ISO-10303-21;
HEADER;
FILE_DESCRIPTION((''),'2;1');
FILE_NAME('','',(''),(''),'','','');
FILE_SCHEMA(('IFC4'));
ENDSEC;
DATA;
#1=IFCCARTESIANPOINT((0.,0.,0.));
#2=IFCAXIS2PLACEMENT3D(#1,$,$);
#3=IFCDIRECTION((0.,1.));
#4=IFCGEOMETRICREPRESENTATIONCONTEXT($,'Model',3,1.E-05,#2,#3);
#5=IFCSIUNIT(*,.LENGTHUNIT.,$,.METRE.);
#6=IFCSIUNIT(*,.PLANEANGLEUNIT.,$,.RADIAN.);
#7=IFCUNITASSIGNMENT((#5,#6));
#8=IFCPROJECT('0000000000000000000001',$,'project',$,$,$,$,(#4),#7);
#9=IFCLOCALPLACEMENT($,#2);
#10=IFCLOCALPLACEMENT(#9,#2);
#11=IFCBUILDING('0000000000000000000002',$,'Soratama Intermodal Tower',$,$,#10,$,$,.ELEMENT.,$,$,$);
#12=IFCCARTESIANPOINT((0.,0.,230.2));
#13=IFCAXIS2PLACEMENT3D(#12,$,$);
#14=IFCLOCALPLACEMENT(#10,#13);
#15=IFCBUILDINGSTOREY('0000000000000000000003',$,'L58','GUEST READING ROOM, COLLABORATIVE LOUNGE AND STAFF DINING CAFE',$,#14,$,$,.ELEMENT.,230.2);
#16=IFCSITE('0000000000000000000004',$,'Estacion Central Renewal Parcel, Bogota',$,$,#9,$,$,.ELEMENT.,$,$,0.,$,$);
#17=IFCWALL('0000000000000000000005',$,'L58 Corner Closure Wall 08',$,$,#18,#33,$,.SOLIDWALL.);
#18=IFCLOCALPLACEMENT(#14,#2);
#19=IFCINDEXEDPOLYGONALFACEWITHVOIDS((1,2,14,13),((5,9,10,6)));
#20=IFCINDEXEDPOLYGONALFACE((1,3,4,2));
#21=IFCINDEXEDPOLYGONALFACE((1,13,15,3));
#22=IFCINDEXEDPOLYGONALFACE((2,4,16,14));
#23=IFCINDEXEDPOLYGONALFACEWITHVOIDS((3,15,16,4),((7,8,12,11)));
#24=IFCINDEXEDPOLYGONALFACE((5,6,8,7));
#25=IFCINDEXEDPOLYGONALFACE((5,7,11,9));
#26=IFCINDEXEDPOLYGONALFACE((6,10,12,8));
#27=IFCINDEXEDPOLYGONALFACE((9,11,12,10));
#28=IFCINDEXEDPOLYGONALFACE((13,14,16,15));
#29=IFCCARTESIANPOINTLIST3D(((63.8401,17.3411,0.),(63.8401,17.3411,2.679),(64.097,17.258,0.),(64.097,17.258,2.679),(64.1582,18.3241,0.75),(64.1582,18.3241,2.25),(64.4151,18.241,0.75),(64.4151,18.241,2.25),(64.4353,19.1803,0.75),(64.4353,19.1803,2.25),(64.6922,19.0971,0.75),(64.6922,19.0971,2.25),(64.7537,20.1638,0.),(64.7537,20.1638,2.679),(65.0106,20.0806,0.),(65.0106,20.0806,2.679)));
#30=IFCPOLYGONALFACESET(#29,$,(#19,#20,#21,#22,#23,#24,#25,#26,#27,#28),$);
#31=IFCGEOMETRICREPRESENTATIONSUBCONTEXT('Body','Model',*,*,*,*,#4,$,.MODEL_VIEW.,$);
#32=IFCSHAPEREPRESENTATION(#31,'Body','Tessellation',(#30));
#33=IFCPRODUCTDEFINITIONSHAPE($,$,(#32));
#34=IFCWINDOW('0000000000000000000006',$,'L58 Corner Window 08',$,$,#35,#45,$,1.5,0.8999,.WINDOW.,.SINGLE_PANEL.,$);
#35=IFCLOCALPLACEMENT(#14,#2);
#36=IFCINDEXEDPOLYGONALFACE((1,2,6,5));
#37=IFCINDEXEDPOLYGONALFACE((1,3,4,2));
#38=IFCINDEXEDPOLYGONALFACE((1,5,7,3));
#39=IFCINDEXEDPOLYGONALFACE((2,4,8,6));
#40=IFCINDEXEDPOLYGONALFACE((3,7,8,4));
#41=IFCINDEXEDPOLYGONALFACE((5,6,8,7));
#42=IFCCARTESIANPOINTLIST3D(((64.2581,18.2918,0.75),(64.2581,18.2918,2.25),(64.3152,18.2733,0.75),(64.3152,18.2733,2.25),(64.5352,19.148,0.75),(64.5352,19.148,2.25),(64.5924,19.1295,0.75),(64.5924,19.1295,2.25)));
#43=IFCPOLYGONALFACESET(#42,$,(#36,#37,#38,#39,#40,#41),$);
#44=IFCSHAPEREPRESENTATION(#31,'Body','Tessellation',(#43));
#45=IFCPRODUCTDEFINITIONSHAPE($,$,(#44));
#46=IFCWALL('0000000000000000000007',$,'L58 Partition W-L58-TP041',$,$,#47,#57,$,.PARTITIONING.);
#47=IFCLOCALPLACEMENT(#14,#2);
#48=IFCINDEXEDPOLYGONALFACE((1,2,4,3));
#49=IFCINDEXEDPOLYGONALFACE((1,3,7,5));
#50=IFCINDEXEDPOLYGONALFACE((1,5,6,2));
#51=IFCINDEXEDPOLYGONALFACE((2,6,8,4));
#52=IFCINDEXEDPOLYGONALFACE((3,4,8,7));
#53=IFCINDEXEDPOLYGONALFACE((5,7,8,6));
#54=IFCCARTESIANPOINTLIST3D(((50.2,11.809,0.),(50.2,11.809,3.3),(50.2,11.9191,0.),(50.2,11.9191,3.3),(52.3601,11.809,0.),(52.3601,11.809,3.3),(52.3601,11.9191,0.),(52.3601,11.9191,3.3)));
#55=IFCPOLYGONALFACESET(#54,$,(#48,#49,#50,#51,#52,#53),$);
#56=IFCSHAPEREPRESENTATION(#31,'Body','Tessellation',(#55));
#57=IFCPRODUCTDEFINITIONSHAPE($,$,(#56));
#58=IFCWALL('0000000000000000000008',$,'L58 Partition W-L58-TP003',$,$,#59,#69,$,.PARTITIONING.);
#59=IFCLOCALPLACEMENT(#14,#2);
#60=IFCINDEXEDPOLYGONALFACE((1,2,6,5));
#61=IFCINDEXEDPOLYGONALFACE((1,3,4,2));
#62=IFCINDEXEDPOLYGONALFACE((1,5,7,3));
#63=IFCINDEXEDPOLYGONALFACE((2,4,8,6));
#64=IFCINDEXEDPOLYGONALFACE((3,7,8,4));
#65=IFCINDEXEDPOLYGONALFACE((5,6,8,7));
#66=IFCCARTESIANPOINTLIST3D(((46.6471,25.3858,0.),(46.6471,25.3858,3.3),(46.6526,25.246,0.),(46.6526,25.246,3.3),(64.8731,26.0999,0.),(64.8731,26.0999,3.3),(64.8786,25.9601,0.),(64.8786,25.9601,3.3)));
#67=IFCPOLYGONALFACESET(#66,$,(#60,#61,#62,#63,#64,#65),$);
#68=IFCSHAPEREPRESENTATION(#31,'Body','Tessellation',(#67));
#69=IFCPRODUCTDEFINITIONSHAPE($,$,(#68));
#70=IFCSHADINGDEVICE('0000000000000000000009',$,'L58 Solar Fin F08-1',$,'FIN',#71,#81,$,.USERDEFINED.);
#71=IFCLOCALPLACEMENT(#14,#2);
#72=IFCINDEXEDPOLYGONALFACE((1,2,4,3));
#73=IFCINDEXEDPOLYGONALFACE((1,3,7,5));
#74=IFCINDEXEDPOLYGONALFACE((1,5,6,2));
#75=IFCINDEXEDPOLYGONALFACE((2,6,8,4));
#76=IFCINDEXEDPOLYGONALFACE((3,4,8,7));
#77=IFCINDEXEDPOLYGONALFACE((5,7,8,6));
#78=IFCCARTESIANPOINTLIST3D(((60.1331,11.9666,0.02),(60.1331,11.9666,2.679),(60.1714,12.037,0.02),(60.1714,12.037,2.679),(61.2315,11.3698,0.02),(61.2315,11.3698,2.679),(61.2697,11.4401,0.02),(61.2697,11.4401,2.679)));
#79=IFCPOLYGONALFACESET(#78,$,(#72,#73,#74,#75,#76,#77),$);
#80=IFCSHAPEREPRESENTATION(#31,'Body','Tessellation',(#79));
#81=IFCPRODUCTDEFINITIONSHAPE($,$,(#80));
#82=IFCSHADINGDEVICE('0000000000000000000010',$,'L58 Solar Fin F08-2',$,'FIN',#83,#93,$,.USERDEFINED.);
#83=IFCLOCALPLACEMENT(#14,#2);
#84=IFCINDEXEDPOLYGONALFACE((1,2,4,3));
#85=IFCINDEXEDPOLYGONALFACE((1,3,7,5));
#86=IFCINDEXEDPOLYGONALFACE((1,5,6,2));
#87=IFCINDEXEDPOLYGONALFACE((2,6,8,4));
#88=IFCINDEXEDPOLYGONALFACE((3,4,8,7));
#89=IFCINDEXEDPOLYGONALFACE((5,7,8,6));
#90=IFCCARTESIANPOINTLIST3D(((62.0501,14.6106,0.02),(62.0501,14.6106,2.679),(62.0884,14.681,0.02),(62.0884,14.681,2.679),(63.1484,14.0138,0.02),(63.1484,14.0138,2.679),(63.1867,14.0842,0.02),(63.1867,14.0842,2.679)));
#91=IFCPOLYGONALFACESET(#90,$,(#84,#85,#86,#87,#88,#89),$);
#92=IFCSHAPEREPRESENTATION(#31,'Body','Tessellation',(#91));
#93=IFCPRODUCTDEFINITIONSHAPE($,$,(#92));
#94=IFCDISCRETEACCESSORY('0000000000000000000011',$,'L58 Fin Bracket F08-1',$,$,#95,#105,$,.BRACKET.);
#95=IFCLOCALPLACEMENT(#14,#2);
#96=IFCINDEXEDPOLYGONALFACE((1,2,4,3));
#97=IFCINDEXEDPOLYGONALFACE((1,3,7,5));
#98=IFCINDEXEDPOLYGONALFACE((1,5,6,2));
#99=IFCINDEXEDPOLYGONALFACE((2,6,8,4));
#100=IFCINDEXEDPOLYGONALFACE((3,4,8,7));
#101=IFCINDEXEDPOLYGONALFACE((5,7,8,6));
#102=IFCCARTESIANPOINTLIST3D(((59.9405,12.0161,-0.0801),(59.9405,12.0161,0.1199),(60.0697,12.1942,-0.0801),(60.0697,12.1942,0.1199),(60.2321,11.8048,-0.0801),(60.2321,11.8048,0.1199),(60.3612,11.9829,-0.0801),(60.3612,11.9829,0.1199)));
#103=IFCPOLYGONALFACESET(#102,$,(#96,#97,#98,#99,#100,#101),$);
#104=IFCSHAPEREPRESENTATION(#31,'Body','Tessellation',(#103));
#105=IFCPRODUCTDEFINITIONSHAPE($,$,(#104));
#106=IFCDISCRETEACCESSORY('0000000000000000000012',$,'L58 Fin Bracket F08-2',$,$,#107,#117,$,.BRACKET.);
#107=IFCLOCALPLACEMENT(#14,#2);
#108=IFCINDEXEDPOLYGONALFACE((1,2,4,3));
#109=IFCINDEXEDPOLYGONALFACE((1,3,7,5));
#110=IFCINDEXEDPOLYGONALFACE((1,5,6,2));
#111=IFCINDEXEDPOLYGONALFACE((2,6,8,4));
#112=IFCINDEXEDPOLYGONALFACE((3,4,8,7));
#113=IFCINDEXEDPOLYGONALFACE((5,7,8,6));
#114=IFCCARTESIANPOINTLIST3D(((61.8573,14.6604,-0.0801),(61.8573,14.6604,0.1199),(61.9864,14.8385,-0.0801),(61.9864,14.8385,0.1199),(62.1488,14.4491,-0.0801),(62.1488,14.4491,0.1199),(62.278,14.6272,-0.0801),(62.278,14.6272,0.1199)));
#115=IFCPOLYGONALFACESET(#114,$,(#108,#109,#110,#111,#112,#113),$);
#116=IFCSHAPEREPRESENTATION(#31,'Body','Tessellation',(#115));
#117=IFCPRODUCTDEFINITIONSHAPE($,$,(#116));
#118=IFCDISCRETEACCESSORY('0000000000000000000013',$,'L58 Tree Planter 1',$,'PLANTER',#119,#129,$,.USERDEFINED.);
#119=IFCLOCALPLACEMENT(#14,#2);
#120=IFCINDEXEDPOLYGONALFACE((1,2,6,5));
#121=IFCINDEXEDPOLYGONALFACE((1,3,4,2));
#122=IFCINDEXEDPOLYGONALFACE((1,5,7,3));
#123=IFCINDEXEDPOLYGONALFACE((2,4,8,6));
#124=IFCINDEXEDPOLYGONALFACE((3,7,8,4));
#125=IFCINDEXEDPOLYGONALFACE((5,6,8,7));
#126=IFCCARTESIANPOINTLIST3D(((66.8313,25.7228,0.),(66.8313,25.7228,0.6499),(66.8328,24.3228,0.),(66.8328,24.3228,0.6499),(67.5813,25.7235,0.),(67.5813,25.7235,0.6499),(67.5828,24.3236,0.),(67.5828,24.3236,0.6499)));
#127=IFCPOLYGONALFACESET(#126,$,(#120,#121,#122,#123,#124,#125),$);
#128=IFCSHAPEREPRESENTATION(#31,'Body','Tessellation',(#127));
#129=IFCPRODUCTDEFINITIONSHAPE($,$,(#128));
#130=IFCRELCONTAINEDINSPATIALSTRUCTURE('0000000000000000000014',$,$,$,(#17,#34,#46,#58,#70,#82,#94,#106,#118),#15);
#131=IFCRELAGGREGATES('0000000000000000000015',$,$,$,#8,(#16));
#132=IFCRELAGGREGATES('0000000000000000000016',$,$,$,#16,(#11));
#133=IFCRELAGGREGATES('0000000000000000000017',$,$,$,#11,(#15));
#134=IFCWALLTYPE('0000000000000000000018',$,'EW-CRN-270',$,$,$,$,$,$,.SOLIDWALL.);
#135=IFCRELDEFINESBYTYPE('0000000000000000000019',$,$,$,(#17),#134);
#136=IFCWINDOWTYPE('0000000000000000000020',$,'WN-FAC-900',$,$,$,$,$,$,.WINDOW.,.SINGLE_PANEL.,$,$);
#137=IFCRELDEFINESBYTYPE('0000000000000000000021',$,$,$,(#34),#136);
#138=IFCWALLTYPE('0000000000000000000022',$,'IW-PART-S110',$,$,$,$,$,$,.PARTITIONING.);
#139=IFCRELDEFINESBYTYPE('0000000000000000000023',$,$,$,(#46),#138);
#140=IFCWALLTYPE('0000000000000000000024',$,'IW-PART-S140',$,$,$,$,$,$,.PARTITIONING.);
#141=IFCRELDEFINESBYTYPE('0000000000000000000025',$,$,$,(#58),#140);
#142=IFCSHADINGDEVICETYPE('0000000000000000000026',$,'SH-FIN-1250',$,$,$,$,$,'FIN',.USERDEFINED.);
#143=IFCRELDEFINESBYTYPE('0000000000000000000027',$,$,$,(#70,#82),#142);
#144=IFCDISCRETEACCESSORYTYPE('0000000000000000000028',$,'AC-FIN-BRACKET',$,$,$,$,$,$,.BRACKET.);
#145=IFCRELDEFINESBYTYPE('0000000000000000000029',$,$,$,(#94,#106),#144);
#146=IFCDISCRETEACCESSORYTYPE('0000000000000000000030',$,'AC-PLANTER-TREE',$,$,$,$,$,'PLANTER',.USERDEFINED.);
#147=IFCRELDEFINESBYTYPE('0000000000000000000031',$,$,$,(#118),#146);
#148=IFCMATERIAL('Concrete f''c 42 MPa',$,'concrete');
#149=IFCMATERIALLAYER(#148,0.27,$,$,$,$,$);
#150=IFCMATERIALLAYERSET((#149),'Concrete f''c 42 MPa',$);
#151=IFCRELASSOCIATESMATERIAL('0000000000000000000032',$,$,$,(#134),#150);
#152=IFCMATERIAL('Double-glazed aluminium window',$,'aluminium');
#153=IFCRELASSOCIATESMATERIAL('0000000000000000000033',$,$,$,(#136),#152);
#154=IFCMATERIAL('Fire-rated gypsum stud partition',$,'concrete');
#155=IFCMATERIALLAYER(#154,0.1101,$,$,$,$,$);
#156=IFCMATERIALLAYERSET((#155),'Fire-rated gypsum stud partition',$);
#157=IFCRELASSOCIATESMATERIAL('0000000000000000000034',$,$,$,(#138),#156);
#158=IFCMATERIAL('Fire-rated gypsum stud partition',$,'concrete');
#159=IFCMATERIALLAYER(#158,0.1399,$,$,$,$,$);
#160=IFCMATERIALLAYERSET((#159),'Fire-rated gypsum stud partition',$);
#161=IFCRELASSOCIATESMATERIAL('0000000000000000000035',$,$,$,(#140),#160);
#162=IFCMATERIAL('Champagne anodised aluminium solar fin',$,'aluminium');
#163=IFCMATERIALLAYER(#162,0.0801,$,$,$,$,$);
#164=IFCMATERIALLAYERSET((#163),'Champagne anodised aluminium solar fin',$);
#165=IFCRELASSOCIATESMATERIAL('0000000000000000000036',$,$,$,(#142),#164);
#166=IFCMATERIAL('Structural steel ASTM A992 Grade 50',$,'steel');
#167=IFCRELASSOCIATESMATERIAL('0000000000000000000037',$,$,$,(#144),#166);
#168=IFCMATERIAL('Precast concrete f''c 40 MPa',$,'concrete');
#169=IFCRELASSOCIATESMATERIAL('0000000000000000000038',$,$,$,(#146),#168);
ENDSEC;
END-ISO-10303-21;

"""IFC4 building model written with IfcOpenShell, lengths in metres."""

from ifc_helpers import new_model, si_unit, direction, frame, frame_2d, origin, origin_2d, place, context, subcontext, project, spatial, rectangle, extrude, material, layer, layer_set, type_object, element, fill, save


model = new_model("IFC4")

# Units and contexts
model_context = context("Model", 3, precision=1e-05, world=origin(), true_north=direction((0.0, 1.0)))
body_context = subcontext(model_context, "Body", "Model", "MODEL_VIEW")
ifc_project = project(units=[si_unit("LENGTHUNIT", "METRE"), si_unit("PLANEANGLEUNIT", "RADIAN")], contexts=[model_context])

# Site, building, storey
site_placement = place(None, origin())
site = spatial("IfcSite", under=ifc_project, at=site_placement, Name="Estacion Central Renewal Parcel, Bogota", CompositionType="ELEMENT", RefElevation=0.0)
building_placement = place(site_placement, origin())
building = spatial("IfcBuilding", under=site, at=building_placement, Name="Soratama Intermodal Tower", CompositionType="ELEMENT")
storey_placement = place(building_placement, frame((0.0, 0.0, 230.2)))
storey = spatial("IfcBuildingStorey", under=building, at=storey_placement, Name="L58", Description="GUEST READING ROOM, COLLABORATIVE LOUNGE AND STAFF DINING CAFE", CompositionType="ELEMENT", Elevation=230.2)

# Wall, opening, window
ifc_material_1 = material(Name="Concrete f'c 42 MPa", Category="concrete")
ifc_layer_1 = layer(ifc_material_1, 0.27)
ifc_layer_set_1 = layer_set([ifc_layer_1], Name="Concrete f'c 42 MPa")
wall_type_1 = type_object("IfcWallType", Name="EW-CRN-270", PredefinedType="SOLIDWALL", material=ifc_layer_set_1)
wall_1_placement = place(storey_placement, frame((63.9685, 17.2996, 0.0), z_axis=(0.0, 0.0, 1.0), x_axis=(0.307945, 0.951404, 0.0)))
wall_1 = element("IfcWall", 1, at=wall_1_placement, inside=storey, type_object=wall_type_1, Name="L58 Corner Closure Wall 08", PredefinedType="SOLIDWALL", context=body_context, shape_type="SweptSolid", body=[
    extrude(rectangle(XDim=2.9668, YDim=0.27, at=frame_2d((1.4834, 0.0))), origin(), (0.0, 0.0, 1.0), 2.679),
])
opening_1_placement = place(wall_1_placement, frame((1.0332, 0.0, 0.75)))
opening_1 = element("IfcOpeningElement", 2, at=opening_1_placement, cuts=wall_1, PredefinedType="OPENING", context=body_context, shape_type="SweptSolid", body=[
    extrude(rectangle(XDim=0.8999, YDim=1.5, at=frame_2d((0.45, 0.75))), frame((0.0, 0.145, 0.0), z_axis=(0.0, -1.0, 0.0), x_axis=(1.0, 0.0, 0.0)), (0.0, 0.0, 1.0), 0.29),
])
ifc_material_2 = material(Name="Double-glazed aluminium window", Category="aluminium")
window_type_1 = type_object("IfcWindowType", Name="WN-FAC-900", PartitioningType="SINGLE_PANEL", PredefinedType="WINDOW", material=ifc_material_2)
window_1_placement = place(opening_1_placement, origin())
window_1 = element("IfcWindow", 3, at=window_1_placement, inside=storey, type_object=window_type_1, Name="L58 Corner Window 08", OverallHeight=1.5, OverallWidth=0.8999, PartitioningType="SINGLE_PANEL", PredefinedType="WINDOW", context=body_context, shape_type="SweptSolid", body=[
    extrude(rectangle(XDim=0.8999, YDim=1.5, at=frame_2d((0.45, 0.75))), frame((0.0, 0.03, 0.0), z_axis=(0.0, -1.0, 0.0), x_axis=(1.0, 0.0, 0.0)), (0.0, 0.0, 1.0), 0.0601),
])
fill(opening_1, window_1)

# Walls
ifc_material_3 = material(Name="Fire-rated gypsum stud partition", Category="concrete")
ifc_layer_2 = layer(ifc_material_3, 0.1101)
ifc_layer_set_2 = layer_set([ifc_layer_2], Name="Fire-rated gypsum stud partition")
wall_type_2 = type_object("IfcWallType", Name="IW-PART-S110", PredefinedType="PARTITIONING", material=ifc_layer_set_2)
wall_2_placement = place(storey_placement, frame((52.3601, 11.864, 0.0), z_axis=(0.0, 0.0, 1.0), x_axis=(-1.0, 0.0, 0.0)))
element("IfcWall", 4, at=wall_2_placement, inside=storey, type_object=wall_type_2, Name="L58 Partition W-L58-TP041", PredefinedType="PARTITIONING", context=body_context, shape_type="SweptSolid", body=[
    extrude(rectangle(XDim=2.1602, YDim=0.1101, at=frame_2d((1.0801, 0.0))), origin(), (0.0, 0.0, 1.0), 3.3),
])
ifc_material_4 = material(Name="Fire-rated gypsum stud partition", Category="concrete")
ifc_layer_3 = layer(ifc_material_4, 0.1399)
ifc_layer_set_3 = layer_set([ifc_layer_3], Name="Fire-rated gypsum stud partition")
wall_type_3 = type_object("IfcWallType", Name="IW-PART-S140", PredefinedType="PARTITIONING", material=ifc_layer_set_3)
wall_3_placement = place(storey_placement, frame((64.876, 26.03, 0.0), z_axis=(0.0, 0.0, 1.0), x_axis=(-0.999233, -0.039151, 0.0)))
element("IfcWall", 5, at=wall_3_placement, inside=storey, type_object=wall_type_3, Name="L58 Partition W-L58-TP003", PredefinedType="PARTITIONING", context=body_context, shape_type="SweptSolid", body=[
    extrude(rectangle(XDim=18.24, YDim=0.1399, at=frame_2d((9.1201, 0.0))), origin(), (0.0, 0.0, 1.0), 3.3),
])

# Shading devices
ifc_material_5 = material(Name="Champagne anodised aluminium solar fin", Category="aluminium")
ifc_layer_4 = layer(ifc_material_5, 0.0801)
ifc_layer_set_4 = layer_set([ifc_layer_4], Name="Champagne anodised aluminium solar fin")
shading_device_type = type_object("IfcShadingDeviceType", Name="SH-FIN-1250", ElementType="FIN", PredefinedType="USERDEFINED", material=ifc_layer_set_4)
for number, where, z_axis, x_axis, name in (
    (6, (60.7014, 11.7034, 0.02), (0.0, 0.0, 1.0), (0.87865, -0.477465, 0.0), "L58 Solar Fin F08-1"),
    (7, (62.6184, 14.3474, 0.02), (0.0, 0.0, 1.0), (0.87865, -0.477465, 0.0), "L58 Solar Fin F08-2"),
):
    element("IfcShadingDevice", number, at=place(storey_placement, frame(where, z_axis=z_axis, x_axis=x_axis)), inside=storey, type_object=shading_device_type, Name=name, ObjectType="FIN", PredefinedType="USERDEFINED", context=body_context, shape_type="SweptSolid", body=[
        extrude(rectangle(XDim=1.25, YDim=0.0801, at=origin_2d()), origin(), (0.0, 0.0, 1.0), 2.6589),
    ])

# Discrete accessories
ifc_material_6 = material(Name="Structural steel ASTM A992 Grade 50", Category="steel")
discrete_accessory_type_1 = type_object("IfcDiscreteAccessoryType", Name="AC-FIN-BRACKET", PredefinedType="BRACKET", material=ifc_material_6)
for number, where, z_axis, x_axis, name in (
    (8, (60.1509, 11.9995, -0.0801), (0.0, 0.0, 1.0), (0.809632, -0.586938, 0.0), "L58 Fin Bracket F08-1"),
    (9, (62.0676, 14.6438, -0.0801), (0.0, 0.0, 1.0), (0.809632, -0.586938, 0.0), "L58 Fin Bracket F08-2"),
):
    element("IfcDiscreteAccessory", number, at=place(storey_placement, frame(where, z_axis=z_axis, x_axis=x_axis)), inside=storey, type_object=discrete_accessory_type_1, Name=name, PredefinedType="BRACKET", context=body_context, shape_type="SweptSolid", body=[
        extrude(rectangle(XDim=0.3601, YDim=0.22, at=origin_2d()), origin(), (0.0, 0.0, 1.0), 0.2),
    ])
ifc_material_7 = material(Name="Precast concrete f'c 40 MPa", Category="concrete")
discrete_accessory_type_2 = type_object("IfcDiscreteAccessoryType", Name="AC-PLANTER-TREE", ElementType="PLANTER", PredefinedType="USERDEFINED", material=ifc_material_7)
discrete_accessory_placement = place(storey_placement, frame((67.207, 25.0232, 0.0), z_axis=(0.0, 0.0, 1.0), x_axis=(0.999999, 0.001047, 0.0)))
element("IfcDiscreteAccessory", 10, at=discrete_accessory_placement, inside=storey, type_object=discrete_accessory_type_2, Name="L58 Tree Planter 1", ObjectType="PLANTER", PredefinedType="USERDEFINED", context=body_context, shape_type="SweptSolid", body=[
    extrude(rectangle(XDim=0.75, YDim=1.3999, at=origin_2d()), origin(), (0.0, 0.0, 1.0), 0.6499),
])

save(model, "model.ifc")
